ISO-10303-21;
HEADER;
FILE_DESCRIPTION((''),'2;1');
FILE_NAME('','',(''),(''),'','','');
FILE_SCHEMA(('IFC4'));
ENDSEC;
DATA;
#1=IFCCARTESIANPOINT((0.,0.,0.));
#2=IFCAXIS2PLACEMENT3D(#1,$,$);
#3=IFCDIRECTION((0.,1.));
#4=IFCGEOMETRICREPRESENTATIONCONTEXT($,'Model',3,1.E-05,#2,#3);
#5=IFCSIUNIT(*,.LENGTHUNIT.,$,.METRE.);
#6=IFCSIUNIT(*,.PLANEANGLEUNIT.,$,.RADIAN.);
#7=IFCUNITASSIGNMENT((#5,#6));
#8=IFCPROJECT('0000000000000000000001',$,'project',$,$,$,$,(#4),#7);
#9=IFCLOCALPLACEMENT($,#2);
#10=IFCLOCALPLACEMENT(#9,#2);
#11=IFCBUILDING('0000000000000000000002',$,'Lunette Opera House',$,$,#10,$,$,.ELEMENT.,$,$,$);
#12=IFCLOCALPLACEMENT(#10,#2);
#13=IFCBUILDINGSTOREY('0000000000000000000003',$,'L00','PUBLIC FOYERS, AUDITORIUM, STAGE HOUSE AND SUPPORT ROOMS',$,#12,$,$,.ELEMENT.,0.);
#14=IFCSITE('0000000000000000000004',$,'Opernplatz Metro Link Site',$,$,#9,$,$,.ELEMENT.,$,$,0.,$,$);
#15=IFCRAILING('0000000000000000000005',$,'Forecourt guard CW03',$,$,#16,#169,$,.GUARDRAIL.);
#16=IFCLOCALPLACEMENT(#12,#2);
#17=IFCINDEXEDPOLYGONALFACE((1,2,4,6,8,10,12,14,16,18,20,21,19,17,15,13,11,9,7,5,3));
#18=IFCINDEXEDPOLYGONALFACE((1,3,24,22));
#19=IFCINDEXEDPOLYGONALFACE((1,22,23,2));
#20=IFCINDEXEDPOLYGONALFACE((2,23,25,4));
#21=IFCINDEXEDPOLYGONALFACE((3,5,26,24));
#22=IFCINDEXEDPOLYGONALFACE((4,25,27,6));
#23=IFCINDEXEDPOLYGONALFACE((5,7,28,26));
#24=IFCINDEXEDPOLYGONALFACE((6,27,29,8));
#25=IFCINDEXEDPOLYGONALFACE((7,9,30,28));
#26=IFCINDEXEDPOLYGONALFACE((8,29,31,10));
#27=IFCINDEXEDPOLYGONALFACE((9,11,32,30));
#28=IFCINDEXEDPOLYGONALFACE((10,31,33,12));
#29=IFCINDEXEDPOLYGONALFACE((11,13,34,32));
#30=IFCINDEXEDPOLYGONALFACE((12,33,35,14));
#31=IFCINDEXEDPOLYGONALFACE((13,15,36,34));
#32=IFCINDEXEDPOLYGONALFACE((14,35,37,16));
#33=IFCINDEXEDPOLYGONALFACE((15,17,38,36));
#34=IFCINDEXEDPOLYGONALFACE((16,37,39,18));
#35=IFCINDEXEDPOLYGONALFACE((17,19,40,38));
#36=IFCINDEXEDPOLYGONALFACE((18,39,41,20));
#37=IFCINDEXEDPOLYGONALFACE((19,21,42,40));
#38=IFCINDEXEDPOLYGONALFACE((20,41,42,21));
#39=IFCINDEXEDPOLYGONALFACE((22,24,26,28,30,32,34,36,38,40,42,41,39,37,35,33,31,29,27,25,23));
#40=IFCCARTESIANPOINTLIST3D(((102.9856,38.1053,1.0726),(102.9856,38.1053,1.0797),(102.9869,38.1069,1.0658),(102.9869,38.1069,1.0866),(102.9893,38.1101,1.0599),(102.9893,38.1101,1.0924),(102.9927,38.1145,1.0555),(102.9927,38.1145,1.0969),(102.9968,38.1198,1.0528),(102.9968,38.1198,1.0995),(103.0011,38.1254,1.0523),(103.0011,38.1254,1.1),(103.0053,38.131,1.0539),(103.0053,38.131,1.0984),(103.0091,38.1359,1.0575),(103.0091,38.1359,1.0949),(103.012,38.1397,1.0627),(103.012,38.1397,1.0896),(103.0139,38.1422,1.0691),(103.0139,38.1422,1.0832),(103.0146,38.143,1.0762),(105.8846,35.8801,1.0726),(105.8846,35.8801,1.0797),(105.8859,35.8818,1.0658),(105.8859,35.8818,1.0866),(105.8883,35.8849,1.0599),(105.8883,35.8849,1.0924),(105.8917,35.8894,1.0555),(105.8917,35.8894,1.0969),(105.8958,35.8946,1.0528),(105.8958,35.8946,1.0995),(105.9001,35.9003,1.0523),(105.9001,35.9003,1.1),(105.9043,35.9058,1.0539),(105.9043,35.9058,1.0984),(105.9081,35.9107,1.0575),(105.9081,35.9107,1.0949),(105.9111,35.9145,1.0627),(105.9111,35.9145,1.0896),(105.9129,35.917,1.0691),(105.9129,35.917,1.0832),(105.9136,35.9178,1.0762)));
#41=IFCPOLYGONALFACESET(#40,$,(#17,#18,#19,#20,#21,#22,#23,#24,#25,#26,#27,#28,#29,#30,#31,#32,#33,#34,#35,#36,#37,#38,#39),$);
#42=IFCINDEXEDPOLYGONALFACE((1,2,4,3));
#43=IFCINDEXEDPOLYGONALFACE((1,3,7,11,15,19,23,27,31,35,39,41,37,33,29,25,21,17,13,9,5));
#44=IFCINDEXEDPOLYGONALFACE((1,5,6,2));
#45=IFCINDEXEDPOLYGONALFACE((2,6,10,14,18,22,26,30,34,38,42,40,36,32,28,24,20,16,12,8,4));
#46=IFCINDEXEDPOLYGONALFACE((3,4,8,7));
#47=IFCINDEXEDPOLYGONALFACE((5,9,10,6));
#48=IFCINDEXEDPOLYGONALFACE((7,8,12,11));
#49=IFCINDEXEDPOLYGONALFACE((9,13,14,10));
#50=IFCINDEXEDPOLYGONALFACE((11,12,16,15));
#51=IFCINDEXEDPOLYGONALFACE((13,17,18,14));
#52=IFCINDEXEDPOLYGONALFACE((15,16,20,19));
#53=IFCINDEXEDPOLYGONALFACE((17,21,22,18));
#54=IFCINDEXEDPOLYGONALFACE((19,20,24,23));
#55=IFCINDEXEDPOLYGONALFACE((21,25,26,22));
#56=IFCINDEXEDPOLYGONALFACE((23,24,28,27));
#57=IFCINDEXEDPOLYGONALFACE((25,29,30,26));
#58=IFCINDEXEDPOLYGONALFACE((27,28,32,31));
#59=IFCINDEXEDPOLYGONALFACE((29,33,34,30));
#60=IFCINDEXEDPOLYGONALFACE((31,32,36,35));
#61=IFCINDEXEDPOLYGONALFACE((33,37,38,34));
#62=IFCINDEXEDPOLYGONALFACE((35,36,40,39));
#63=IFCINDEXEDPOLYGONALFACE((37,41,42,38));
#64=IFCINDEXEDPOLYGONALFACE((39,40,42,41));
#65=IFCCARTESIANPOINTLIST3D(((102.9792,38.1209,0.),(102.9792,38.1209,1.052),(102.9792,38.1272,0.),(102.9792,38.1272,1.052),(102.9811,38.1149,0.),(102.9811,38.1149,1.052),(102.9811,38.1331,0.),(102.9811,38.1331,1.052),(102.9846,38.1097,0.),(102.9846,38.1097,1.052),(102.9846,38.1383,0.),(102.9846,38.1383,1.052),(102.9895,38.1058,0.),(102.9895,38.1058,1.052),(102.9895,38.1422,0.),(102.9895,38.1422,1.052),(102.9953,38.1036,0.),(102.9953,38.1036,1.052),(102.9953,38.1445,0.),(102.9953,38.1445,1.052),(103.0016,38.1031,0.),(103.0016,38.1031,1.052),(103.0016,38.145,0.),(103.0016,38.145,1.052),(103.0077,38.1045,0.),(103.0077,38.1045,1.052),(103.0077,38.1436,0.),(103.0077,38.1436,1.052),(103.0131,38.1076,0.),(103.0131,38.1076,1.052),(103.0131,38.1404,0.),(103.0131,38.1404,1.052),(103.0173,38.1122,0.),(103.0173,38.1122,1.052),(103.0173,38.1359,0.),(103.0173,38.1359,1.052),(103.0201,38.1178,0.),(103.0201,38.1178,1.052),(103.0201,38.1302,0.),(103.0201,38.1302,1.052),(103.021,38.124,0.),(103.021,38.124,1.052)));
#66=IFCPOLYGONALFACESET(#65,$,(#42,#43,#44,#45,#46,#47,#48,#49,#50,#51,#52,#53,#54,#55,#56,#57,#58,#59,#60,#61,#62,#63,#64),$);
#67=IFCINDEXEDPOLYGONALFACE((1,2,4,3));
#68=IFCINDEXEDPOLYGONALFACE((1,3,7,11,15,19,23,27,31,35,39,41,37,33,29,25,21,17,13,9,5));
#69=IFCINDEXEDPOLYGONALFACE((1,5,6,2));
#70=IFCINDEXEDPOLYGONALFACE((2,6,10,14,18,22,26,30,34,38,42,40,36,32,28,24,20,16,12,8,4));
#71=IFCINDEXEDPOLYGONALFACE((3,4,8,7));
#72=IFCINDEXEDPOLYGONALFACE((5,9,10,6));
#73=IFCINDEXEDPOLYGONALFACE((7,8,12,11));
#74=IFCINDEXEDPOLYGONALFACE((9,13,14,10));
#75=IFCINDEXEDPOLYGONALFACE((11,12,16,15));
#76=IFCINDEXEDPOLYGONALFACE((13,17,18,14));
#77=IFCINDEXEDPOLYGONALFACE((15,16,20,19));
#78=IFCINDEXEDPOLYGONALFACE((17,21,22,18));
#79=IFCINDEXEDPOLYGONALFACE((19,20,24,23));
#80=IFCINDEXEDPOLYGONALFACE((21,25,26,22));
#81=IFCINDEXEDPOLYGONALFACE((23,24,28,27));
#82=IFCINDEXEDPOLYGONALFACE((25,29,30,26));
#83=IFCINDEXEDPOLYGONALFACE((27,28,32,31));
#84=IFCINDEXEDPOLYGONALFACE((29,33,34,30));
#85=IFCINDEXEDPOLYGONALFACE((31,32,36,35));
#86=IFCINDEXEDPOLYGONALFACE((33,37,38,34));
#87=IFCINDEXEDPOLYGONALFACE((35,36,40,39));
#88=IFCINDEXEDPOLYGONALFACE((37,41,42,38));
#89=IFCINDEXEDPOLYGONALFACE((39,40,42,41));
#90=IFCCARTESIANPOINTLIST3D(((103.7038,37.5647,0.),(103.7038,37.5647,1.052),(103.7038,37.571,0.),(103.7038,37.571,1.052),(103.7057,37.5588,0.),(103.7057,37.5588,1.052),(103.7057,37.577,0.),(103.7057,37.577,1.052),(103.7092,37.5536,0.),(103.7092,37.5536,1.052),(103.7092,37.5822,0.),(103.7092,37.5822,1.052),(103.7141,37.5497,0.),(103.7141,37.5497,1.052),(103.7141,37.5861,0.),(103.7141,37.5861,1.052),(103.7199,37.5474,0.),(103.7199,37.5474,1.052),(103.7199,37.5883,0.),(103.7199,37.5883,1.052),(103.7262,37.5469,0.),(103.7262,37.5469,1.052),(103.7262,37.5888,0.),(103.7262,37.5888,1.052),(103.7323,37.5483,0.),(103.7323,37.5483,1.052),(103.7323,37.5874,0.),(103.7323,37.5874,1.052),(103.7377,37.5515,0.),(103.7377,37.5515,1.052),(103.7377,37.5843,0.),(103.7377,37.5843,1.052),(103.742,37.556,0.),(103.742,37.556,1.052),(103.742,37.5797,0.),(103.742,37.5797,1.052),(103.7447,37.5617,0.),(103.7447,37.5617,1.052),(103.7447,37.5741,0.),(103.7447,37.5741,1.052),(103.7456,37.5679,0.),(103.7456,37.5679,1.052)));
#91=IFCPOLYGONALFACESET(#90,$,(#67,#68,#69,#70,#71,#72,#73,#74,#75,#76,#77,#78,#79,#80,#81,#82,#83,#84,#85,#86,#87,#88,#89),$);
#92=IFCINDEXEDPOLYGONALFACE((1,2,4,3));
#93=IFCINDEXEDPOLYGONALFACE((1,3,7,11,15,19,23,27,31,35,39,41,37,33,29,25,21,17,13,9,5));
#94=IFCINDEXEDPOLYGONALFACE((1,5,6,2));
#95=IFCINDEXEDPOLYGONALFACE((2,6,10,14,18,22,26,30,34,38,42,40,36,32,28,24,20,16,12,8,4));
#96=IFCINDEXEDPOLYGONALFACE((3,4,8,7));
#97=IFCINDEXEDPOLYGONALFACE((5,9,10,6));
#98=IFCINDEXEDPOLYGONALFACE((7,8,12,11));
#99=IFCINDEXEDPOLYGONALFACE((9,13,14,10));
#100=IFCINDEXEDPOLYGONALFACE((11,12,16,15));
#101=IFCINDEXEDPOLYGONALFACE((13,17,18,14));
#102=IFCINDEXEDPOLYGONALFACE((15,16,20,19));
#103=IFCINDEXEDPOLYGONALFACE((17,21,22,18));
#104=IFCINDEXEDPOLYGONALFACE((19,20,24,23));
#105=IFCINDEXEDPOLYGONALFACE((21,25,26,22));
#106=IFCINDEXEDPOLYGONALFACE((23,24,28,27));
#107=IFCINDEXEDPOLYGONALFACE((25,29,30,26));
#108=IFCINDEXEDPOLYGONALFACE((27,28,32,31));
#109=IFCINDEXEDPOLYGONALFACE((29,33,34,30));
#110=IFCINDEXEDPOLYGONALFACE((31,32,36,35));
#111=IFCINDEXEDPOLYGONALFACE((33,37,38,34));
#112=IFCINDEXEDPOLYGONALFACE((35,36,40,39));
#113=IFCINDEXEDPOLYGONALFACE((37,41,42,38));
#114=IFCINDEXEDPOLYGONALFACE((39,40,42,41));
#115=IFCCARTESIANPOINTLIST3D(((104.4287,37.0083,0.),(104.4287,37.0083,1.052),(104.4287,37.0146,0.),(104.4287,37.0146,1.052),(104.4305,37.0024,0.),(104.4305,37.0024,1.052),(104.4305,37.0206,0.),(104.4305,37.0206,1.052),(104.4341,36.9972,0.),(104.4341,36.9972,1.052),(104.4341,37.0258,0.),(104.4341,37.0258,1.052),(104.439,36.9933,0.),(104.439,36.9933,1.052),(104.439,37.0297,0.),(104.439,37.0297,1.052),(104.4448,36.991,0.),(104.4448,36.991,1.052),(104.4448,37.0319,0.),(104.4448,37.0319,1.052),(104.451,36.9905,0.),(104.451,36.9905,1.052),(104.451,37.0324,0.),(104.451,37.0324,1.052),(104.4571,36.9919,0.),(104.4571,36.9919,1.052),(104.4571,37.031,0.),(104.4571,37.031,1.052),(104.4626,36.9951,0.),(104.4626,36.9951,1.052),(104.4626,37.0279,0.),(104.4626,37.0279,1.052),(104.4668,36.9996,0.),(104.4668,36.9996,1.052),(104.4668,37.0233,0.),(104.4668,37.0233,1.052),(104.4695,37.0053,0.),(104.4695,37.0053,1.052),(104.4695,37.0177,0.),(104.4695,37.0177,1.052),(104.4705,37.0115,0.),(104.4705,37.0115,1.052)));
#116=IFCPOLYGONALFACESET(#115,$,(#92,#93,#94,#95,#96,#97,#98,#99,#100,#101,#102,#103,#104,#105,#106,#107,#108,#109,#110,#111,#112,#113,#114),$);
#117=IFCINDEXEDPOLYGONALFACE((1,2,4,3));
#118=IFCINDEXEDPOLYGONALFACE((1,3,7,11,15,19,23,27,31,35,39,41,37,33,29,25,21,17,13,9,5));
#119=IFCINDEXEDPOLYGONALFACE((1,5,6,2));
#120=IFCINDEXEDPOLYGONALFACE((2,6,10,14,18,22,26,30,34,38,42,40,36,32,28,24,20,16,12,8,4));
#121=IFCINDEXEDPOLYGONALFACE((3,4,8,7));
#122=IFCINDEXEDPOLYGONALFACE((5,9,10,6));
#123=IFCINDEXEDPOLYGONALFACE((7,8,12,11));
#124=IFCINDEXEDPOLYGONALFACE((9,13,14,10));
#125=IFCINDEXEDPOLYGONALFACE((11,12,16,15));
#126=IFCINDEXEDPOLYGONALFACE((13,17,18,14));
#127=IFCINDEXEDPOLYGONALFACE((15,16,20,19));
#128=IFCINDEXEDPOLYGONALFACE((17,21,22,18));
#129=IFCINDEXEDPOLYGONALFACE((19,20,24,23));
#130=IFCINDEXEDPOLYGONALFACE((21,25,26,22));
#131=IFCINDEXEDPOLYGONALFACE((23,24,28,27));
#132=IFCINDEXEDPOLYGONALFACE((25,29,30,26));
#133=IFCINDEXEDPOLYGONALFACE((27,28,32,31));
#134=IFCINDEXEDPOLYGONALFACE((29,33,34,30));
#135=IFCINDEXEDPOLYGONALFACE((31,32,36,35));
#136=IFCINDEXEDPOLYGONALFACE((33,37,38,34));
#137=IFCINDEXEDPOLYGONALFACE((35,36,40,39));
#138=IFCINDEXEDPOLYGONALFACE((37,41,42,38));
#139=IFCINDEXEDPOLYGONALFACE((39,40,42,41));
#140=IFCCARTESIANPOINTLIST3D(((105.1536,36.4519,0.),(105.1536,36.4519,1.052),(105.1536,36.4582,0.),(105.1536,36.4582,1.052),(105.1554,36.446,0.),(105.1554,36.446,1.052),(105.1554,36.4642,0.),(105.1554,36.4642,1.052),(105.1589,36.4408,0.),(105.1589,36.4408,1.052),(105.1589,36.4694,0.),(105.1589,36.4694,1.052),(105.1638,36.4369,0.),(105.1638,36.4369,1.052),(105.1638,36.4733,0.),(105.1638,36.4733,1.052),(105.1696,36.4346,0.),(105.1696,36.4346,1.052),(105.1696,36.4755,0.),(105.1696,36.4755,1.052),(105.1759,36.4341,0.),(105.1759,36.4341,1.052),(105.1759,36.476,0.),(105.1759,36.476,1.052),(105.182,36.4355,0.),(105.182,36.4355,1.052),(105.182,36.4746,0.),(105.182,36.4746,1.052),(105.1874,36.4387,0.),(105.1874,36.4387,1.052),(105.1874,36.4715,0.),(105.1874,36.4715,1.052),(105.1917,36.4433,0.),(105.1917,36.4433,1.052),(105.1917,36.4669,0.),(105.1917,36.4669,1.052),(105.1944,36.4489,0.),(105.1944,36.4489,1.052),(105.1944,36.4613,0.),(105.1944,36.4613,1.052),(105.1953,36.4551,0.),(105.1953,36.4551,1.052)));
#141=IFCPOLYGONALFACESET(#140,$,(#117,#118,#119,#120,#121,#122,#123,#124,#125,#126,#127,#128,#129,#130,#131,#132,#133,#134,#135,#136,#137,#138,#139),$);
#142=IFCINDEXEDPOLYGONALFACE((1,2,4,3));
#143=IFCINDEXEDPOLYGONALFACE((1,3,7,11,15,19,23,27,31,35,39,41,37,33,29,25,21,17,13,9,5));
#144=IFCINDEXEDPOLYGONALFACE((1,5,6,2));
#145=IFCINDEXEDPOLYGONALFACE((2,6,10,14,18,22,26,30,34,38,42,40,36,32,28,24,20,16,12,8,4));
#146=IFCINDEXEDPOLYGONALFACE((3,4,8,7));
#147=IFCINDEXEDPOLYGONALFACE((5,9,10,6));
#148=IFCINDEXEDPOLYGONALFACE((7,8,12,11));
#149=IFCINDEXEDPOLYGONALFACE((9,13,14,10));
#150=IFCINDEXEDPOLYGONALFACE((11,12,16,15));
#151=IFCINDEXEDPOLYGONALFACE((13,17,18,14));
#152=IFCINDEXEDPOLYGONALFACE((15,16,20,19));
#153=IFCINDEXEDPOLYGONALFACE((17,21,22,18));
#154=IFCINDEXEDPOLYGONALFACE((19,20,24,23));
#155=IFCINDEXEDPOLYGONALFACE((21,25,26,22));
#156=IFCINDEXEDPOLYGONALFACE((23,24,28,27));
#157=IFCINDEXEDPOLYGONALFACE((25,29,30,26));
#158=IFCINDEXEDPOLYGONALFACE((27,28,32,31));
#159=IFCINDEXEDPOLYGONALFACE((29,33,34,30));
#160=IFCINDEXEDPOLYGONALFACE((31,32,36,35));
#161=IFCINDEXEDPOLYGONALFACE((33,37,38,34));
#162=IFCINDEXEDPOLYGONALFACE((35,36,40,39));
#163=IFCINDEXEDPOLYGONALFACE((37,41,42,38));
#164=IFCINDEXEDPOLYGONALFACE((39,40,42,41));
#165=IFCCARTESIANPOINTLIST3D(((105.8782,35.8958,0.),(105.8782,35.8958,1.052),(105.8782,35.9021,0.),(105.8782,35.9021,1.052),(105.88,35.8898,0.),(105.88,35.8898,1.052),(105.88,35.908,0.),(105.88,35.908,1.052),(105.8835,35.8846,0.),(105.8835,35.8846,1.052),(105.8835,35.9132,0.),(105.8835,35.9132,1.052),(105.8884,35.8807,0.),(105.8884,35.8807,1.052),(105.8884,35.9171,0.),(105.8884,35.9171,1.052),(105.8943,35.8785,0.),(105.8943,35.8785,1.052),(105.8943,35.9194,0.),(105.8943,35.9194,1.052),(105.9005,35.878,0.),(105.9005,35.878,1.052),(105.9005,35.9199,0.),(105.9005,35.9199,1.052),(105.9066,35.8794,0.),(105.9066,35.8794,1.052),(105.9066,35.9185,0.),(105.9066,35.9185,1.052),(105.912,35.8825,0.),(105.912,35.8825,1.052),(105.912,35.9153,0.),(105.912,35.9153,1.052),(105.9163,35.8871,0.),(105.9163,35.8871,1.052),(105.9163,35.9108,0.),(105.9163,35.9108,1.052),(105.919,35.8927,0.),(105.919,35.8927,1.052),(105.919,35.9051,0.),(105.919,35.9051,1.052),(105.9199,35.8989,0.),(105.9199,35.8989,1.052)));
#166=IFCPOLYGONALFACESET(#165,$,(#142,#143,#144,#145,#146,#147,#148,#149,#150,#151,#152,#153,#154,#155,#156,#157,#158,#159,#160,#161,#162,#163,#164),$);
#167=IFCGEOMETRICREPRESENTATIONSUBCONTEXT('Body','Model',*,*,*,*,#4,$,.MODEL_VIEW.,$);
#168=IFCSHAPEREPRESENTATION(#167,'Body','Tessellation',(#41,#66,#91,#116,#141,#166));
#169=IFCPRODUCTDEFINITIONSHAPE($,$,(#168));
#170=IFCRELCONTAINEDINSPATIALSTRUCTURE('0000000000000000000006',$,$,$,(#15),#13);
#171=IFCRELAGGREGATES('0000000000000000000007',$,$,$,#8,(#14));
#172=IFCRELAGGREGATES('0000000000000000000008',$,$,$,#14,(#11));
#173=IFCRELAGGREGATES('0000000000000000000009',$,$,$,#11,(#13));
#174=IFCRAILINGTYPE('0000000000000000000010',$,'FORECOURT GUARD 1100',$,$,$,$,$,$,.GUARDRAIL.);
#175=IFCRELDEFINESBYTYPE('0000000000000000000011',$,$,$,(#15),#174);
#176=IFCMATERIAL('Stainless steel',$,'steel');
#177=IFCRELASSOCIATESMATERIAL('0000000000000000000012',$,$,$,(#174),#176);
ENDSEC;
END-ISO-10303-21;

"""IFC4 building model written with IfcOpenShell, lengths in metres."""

from ifc_helpers import new_model, si_unit, direction, frame, origin, origin_2d, place, context, subcontext, project, spatial, circle, extrude, material, type_object, element, save


model = new_model("IFC4")

# Units and contexts
model_context = context("Model", 3, precision=1e-05, world=origin(), true_north=direction((0.0, 1.0)))
body_context = subcontext(model_context, "Body", "Model", "MODEL_VIEW")
ifc_project = project(units=[si_unit("LENGTHUNIT", "METRE"), si_unit("PLANEANGLEUNIT", "RADIAN")], contexts=[model_context])

# Site, building, storey
site_placement = place(None, origin())
site = spatial("IfcSite", under=ifc_project, at=site_placement, Name="Opernplatz Metro Link Site", CompositionType="ELEMENT", RefElevation=0.0)
building_placement = place(site_placement, origin())
building = spatial("IfcBuilding", under=site, at=building_placement, Name="Lunette Opera House", CompositionType="ELEMENT")
storey_placement = place(building_placement, origin())
storey = spatial("IfcBuildingStorey", under=building, at=storey_placement, Name="L00", Description="PUBLIC FOYERS, AUDITORIUM, STAGE HOUSE AND SUPPORT ROOMS", CompositionType="ELEMENT", Elevation=0.0)

# Railing
ifc_material_1 = material(Name="Stainless steel", Category="steel")
railing_type = type_object("IfcRailingType", Name="FORECOURT GUARD 1100", PredefinedType="GUARDRAIL", material=ifc_material_1)
railing_1_placement = place(storey_placement, frame((103.0, 38.124, 0.0)))
element("IfcRailing", 1, at=railing_1_placement, inside=storey, type_object=railing_type, Name="Forecourt guard CW03", PredefinedType="GUARDRAIL", context=body_context, shape_type="SweptSolid", body=[
    extrude(circle(Radius=0.0239, at=origin_2d()), frame((0.0, 0.0, 1.0762), z_axis=(0.793264, -0.608877, 0.0), x_axis=(0.608877, 0.793264, 0.0)), (0.0, 0.0, 1.0), 3.6545),
    extrude(circle(Radius=0.021, at=origin_2d()), origin(), (0.0, 0.0, 1.0), 1.052),
    extrude(circle(Radius=0.021, at=origin_2d()), frame((0.7246, -0.5562, 0.0)), (0.0, 0.0, 1.0), 1.052),
    extrude(circle(Radius=0.021, at=origin_2d()), frame((1.4495, -1.1125, 0.0)), (0.0, 0.0, 1.0), 1.052),
    extrude(circle(Radius=0.021, at=origin_2d()), frame((2.1743, -1.6689, 0.0)), (0.0, 0.0, 1.0), 1.052),
    extrude(circle(Radius=0.021, at=origin_2d()), frame((2.8989, -2.2251, 0.0)), (0.0, 0.0, 1.0), 1.052),
])

save(model, "model.ifc")
